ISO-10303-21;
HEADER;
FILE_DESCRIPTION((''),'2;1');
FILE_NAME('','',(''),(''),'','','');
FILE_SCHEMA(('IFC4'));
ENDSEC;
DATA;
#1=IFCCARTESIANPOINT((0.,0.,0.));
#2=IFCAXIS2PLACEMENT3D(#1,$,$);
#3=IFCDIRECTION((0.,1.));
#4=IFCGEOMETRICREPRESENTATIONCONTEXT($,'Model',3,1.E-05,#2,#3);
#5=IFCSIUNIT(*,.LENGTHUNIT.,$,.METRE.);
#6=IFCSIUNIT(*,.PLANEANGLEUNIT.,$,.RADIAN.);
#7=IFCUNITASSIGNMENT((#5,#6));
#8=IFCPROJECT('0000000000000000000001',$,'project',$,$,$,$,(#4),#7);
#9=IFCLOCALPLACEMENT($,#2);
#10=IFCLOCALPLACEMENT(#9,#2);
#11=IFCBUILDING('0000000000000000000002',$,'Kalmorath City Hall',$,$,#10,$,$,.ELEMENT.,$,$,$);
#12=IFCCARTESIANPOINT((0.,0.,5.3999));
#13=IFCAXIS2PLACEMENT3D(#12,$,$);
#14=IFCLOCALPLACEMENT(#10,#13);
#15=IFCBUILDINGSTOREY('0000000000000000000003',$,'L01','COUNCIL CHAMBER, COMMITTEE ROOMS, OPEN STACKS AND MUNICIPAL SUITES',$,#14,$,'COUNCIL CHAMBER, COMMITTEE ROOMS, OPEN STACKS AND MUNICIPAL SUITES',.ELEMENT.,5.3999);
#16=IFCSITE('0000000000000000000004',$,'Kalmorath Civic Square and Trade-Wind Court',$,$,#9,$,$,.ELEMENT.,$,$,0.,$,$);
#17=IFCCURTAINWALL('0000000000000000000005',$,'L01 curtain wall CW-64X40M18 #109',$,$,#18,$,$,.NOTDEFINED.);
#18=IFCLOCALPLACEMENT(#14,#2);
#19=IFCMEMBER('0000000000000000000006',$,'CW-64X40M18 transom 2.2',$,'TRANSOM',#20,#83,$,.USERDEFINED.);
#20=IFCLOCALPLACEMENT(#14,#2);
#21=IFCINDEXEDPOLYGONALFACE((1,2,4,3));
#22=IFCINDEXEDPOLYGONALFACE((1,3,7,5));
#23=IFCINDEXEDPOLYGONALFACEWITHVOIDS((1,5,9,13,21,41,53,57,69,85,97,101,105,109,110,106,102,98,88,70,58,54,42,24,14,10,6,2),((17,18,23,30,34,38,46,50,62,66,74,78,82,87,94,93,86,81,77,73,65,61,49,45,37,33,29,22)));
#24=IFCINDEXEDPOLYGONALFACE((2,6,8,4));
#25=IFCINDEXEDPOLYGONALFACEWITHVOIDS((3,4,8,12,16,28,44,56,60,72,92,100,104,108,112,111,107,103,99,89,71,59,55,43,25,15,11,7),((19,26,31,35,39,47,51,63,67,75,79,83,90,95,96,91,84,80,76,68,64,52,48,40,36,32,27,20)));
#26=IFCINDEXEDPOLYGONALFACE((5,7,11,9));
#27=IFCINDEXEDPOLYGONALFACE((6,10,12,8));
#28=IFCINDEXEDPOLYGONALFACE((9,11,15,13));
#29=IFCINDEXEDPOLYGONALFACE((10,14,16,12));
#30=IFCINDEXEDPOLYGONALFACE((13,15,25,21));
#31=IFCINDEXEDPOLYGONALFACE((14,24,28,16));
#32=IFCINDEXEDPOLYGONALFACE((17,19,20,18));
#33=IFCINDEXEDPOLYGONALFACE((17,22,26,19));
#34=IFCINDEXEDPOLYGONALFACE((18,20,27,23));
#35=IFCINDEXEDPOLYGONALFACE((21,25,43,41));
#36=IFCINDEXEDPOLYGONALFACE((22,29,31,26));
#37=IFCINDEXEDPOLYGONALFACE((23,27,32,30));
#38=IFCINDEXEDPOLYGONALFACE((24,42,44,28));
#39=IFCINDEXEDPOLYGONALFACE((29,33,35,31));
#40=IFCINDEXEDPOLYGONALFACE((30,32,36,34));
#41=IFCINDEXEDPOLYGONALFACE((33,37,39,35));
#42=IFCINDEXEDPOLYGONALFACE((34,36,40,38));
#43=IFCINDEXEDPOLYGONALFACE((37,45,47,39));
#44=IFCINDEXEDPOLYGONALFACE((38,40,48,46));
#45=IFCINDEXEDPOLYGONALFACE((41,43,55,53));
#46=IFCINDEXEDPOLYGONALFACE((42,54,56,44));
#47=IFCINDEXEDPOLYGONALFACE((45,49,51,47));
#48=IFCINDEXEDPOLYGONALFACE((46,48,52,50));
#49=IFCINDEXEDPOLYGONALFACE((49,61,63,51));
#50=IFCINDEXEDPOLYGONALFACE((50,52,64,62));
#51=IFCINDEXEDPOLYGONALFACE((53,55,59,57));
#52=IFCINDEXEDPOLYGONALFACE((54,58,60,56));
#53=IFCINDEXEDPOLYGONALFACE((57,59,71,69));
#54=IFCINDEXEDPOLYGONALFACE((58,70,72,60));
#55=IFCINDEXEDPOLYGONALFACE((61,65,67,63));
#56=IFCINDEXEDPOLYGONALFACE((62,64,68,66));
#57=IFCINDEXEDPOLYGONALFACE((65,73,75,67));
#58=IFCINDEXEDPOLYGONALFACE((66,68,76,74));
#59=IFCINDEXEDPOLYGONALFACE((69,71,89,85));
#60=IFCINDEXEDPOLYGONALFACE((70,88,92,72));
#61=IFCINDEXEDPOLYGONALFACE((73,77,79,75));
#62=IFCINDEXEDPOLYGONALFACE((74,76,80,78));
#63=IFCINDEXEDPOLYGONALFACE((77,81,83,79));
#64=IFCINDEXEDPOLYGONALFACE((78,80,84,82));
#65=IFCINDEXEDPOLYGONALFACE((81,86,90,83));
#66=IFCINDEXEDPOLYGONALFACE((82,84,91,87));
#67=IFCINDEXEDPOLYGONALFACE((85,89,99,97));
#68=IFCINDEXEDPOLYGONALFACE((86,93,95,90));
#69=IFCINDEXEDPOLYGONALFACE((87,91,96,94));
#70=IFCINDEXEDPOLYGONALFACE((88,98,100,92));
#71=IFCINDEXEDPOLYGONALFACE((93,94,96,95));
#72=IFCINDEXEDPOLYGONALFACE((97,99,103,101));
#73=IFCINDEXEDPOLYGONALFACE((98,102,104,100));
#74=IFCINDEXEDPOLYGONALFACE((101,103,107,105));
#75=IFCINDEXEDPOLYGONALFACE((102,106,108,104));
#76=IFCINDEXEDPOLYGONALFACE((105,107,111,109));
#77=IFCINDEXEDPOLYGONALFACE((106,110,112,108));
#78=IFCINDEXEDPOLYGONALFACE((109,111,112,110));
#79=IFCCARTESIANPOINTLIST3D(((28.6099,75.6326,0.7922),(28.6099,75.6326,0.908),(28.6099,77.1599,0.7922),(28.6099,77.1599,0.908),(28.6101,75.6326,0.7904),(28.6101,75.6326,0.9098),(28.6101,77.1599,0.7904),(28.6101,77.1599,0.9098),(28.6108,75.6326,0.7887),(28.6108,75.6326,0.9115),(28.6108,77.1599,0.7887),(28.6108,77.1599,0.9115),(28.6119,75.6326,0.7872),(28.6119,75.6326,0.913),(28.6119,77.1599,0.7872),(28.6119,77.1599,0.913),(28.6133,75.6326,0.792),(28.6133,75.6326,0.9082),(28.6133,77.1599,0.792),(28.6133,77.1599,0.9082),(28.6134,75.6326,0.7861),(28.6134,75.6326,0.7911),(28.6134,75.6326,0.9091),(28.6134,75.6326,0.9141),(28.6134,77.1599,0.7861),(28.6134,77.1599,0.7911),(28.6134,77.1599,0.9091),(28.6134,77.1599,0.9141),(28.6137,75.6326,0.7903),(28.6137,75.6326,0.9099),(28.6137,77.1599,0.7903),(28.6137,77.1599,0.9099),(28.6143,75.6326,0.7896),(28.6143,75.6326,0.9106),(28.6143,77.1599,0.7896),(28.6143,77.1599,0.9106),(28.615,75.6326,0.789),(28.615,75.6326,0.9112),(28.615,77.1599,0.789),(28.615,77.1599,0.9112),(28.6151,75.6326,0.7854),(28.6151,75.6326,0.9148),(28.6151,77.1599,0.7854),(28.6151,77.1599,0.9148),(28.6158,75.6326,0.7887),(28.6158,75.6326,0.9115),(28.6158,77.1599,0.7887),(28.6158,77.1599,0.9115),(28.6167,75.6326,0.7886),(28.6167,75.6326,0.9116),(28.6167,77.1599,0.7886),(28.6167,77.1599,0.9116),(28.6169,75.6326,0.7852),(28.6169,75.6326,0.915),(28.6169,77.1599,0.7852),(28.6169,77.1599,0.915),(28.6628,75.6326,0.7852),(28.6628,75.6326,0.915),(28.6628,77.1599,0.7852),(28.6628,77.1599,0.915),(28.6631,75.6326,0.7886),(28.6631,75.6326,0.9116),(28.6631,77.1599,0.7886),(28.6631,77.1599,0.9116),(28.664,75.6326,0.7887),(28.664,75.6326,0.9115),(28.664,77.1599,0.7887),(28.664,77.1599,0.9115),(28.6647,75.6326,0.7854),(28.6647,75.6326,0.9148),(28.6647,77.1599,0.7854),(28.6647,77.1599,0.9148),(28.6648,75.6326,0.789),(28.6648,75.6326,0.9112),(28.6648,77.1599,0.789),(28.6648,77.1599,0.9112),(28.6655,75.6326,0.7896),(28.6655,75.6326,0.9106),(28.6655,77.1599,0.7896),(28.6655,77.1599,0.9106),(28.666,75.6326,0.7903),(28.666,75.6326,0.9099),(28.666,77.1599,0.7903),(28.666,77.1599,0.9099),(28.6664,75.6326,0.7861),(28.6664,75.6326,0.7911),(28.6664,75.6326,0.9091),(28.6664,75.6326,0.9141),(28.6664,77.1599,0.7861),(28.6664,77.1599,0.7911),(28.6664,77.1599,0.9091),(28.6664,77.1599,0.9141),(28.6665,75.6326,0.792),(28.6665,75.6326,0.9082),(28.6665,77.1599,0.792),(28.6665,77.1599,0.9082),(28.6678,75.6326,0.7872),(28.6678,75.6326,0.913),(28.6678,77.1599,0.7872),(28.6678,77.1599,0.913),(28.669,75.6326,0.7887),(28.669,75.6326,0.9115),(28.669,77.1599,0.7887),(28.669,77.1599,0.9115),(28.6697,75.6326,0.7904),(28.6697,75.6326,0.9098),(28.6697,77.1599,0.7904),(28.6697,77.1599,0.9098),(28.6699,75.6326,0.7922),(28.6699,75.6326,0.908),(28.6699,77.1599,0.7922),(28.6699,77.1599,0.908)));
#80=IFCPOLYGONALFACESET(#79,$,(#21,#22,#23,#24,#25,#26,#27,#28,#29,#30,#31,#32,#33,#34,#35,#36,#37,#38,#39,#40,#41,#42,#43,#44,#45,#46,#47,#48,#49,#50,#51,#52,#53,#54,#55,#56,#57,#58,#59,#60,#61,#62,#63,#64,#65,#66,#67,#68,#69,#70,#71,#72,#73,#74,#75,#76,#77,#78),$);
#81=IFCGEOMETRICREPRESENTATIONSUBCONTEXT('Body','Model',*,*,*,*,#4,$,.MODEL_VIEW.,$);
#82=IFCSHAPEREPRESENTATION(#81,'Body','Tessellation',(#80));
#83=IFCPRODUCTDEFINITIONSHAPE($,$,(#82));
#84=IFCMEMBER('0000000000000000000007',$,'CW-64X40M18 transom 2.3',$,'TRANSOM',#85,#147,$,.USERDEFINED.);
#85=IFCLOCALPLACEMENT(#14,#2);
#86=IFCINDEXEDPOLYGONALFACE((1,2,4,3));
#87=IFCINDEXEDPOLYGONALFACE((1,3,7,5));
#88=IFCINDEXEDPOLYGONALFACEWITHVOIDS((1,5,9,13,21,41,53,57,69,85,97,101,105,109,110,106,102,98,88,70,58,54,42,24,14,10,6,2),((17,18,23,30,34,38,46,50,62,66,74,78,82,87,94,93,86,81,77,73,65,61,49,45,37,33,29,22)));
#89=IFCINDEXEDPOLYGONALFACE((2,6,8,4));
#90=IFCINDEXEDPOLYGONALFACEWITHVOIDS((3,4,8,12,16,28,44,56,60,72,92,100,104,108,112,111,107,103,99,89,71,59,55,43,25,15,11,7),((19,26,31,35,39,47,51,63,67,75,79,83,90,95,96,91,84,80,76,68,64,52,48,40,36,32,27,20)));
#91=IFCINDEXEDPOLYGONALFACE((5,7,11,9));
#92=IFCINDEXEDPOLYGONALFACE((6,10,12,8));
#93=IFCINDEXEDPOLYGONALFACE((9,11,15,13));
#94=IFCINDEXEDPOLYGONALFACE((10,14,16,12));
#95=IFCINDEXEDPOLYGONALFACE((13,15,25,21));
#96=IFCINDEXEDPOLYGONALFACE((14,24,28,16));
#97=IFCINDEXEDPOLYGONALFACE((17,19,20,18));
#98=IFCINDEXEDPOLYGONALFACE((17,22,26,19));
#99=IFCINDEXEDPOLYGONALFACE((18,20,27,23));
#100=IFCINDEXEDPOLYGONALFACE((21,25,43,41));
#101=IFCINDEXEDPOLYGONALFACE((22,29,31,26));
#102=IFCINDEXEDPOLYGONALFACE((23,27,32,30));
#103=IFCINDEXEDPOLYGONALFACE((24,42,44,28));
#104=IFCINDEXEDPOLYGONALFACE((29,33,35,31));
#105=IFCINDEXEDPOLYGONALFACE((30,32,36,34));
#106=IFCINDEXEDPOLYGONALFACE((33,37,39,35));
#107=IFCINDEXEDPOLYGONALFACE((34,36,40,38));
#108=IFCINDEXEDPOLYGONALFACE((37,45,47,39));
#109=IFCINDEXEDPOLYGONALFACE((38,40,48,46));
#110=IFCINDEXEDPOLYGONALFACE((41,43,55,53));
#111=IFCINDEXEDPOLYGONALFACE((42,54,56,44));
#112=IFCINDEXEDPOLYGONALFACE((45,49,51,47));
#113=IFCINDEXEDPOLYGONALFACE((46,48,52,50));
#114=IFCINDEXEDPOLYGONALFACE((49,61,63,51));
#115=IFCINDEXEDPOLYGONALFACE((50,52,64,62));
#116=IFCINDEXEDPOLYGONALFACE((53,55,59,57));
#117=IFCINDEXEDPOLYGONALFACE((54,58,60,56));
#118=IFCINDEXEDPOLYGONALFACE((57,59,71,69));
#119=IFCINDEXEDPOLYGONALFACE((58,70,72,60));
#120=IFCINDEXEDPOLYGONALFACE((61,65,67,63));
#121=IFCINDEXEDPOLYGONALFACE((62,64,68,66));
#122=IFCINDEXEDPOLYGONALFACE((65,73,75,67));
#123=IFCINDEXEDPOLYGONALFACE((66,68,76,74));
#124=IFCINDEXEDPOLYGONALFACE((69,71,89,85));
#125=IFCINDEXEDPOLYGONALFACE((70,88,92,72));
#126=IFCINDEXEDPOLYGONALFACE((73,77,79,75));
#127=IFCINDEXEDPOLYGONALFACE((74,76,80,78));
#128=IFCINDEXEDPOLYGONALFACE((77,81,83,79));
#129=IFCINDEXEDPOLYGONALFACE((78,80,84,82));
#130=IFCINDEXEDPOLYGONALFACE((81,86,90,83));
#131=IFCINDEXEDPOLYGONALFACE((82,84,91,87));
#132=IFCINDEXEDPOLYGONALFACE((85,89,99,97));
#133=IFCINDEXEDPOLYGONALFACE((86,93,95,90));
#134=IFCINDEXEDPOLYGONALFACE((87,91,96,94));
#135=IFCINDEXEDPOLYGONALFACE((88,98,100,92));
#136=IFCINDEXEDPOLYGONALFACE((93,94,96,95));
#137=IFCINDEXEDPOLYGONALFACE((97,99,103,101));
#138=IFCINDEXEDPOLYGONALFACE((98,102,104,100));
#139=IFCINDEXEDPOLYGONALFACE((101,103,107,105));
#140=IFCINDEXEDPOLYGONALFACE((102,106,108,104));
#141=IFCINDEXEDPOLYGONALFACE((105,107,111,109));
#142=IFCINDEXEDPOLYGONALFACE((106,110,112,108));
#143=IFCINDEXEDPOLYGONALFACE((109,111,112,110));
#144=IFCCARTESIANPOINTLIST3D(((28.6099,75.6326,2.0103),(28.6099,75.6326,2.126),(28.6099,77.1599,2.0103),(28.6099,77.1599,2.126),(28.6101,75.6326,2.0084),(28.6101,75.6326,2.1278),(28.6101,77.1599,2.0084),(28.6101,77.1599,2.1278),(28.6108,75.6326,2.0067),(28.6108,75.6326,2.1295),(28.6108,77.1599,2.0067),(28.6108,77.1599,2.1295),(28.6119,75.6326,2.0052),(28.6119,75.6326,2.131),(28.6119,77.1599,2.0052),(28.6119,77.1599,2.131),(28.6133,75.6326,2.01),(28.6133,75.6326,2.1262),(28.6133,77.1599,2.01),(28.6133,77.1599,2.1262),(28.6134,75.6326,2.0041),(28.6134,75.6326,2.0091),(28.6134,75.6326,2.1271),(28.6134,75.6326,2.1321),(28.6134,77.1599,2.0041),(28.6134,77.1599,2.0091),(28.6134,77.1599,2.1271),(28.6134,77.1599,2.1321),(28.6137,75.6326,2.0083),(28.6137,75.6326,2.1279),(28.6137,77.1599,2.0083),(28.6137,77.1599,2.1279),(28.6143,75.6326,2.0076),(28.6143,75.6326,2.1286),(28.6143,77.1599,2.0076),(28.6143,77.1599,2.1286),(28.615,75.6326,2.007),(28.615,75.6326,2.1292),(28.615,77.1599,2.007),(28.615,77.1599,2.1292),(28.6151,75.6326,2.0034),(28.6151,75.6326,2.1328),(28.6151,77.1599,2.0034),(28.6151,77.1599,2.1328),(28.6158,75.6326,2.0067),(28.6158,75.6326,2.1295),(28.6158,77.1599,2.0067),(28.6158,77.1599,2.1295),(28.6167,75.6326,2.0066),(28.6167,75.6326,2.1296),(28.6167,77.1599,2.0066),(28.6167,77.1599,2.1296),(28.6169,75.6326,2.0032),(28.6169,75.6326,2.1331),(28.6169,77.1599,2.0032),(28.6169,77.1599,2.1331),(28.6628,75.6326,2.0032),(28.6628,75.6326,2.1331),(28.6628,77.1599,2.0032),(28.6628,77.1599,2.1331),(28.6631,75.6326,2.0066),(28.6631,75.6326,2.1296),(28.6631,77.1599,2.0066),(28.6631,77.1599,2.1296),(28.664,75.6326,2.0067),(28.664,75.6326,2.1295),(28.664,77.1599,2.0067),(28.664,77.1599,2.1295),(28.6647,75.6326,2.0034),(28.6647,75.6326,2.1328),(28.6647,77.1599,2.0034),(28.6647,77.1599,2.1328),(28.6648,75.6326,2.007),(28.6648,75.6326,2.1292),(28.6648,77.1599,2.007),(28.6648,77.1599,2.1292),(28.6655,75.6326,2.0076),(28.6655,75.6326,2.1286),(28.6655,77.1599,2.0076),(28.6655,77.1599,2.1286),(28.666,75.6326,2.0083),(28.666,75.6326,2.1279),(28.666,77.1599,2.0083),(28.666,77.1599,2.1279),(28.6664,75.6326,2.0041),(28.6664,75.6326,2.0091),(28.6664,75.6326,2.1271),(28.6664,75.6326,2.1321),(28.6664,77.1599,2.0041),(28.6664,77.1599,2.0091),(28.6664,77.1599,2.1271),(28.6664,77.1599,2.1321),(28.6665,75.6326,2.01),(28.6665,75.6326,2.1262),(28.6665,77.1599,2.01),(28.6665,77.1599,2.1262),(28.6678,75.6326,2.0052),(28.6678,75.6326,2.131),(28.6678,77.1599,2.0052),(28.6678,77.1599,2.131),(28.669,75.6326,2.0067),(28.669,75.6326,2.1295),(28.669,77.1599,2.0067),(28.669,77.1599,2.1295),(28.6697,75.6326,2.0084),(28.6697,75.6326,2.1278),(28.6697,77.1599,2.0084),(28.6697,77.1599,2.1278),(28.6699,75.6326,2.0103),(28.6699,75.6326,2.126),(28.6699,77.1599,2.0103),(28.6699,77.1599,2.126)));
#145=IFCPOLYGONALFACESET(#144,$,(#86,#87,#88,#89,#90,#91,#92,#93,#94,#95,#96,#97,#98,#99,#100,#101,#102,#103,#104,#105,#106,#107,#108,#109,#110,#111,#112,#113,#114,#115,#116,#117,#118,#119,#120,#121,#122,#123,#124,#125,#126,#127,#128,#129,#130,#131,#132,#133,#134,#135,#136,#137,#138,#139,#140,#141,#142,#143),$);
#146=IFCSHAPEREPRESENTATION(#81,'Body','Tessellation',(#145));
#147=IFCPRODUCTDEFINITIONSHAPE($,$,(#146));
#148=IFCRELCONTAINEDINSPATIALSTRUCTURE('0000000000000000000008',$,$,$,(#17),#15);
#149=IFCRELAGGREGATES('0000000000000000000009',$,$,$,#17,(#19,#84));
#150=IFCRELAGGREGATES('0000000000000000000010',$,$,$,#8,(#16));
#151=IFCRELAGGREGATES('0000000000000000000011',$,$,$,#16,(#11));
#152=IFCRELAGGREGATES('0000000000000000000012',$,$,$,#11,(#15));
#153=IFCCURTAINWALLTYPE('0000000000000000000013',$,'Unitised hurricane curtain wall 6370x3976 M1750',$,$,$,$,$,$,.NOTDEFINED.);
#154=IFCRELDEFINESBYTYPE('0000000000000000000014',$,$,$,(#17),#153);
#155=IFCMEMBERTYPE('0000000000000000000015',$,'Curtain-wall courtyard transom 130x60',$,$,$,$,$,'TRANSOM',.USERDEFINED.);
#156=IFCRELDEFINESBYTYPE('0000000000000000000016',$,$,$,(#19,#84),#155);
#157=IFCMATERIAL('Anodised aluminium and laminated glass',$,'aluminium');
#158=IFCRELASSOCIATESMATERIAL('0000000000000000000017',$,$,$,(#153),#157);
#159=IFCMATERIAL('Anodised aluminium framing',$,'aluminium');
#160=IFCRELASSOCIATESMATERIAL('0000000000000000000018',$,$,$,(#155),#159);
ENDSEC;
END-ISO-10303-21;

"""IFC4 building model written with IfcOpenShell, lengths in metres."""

from ifc_helpers import new_model, si_unit, direction, frame, origin, origin_2d, place, context, subcontext, project, spatial, hollow_rectangle, extrude, material, material_profile, profile_set, type_object, element, aggregate, save


model = new_model("IFC4")

# Units and contexts
model_context = context("Model", 3, precision=1e-05, world=origin(), true_north=direction((0.0, 1.0)))
body_context = subcontext(model_context, "Body", "Model", "MODEL_VIEW")
ifc_project = project(units=[si_unit("LENGTHUNIT", "METRE"), si_unit("PLANEANGLEUNIT", "RADIAN")], contexts=[model_context])

# Site, building, storey
site_placement = place(None, origin())
site = spatial("IfcSite", under=ifc_project, at=site_placement, Name="Kalmorath Civic Square and Trade-Wind Court", CompositionType="ELEMENT", RefElevation=0.0)
building_placement = place(site_placement, origin())
building = spatial("IfcBuilding", under=site, at=building_placement, Name="Kalmorath City Hall", CompositionType="ELEMENT")
storey_placement = place(building_placement, frame((0.0, 0.0, 5.3999)))
storey = spatial("IfcBuildingStorey", under=building, at=storey_placement, Name="L01", Description="COUNCIL CHAMBER, COMMITTEE ROOMS, OPEN STACKS AND MUNICIPAL SUITES", LongName="COUNCIL CHAMBER, COMMITTEE ROOMS, OPEN STACKS AND MUNICIPAL SUITES", CompositionType="ELEMENT", Elevation=5.3999)

# Shared definitions
ifc_material_1 = material(Name="Anodised aluminium and laminated glass", Category="aluminium")
curtain_wall_type = type_object("IfcCurtainWallType", Name="Unitised hurricane curtain wall 6370x3976 M1750", PredefinedType="NOTDEFINED", material=ifc_material_1)

# Curtain wall
curtain_wall_1_placement = place(storey_placement, origin())
curtain_wall_1 = element("IfcCurtainWall", 1, at=curtain_wall_1_placement, inside=storey, type_object=curtain_wall_type, Name="L01 curtain wall CW-64X40M18 #109", PredefinedType="NOTDEFINED")

# Members
ifc_material_2 = material(Name="Anodised aluminium framing", Category="aluminium")
ifc_material_profile_1 = material_profile(ifc_material_2, hollow_rectangle(XDim=0.0601, YDim=0.1299, WallThickness=0.0034, InnerFilletRadius=0.0034, OuterFilletRadius=0.0071, at=origin_2d()), Name="ALU-TRN-130X60X3.5")
ifc_profile_set_1 = profile_set([ifc_material_profile_1], Name="Anodised aluminium framing")
member_type_1 = type_object("IfcMemberType", Name="Curtain-wall courtyard transom 130x60", ElementType="TRANSOM", PredefinedType="USERDEFINED", material=ifc_profile_set_1)
member_1_placement = place(storey_placement, frame((28.6399, 77.1599, 0.8501), z_axis=(0.0, -1.0, 0.0), x_axis=(1.0, 0.0, 0.0)))
member_1 = element("IfcMember", 2, at=member_1_placement, type_object=member_type_1, Name="CW-64X40M18 transom 2.2", ObjectType="TRANSOM", PredefinedType="USERDEFINED", context=body_context, shape_type="SweptSolid", body=[
    extrude(hollow_rectangle(XDim=0.0601, YDim=0.1299, WallThickness=0.0034, InnerFilletRadius=0.0034, OuterFilletRadius=0.0071, at=origin_2d()), origin(), (0.0, 0.0, 1.0), 1.5273),
])
member_2_placement = place(storey_placement, frame((28.6399, 77.1599, 2.0681), z_axis=(0.0, -1.0, 0.0), x_axis=(1.0, 0.0, 0.0)))
member_2 = element("IfcMember", 3, at=member_2_placement, type_object=member_type_1, Name="CW-64X40M18 transom 2.3", ObjectType="TRANSOM", PredefinedType="USERDEFINED", context=body_context, shape_type="SweptSolid", body=[
    extrude(hollow_rectangle(XDim=0.0601, YDim=0.1299, WallThickness=0.0034, InnerFilletRadius=0.0034, OuterFilletRadius=0.0071, at=origin_2d()), origin(), (0.0, 0.0, 1.0), 1.5273),
])

aggregate(curtain_wall_1, [member_1, member_2])

save(model, "model.ifc")
